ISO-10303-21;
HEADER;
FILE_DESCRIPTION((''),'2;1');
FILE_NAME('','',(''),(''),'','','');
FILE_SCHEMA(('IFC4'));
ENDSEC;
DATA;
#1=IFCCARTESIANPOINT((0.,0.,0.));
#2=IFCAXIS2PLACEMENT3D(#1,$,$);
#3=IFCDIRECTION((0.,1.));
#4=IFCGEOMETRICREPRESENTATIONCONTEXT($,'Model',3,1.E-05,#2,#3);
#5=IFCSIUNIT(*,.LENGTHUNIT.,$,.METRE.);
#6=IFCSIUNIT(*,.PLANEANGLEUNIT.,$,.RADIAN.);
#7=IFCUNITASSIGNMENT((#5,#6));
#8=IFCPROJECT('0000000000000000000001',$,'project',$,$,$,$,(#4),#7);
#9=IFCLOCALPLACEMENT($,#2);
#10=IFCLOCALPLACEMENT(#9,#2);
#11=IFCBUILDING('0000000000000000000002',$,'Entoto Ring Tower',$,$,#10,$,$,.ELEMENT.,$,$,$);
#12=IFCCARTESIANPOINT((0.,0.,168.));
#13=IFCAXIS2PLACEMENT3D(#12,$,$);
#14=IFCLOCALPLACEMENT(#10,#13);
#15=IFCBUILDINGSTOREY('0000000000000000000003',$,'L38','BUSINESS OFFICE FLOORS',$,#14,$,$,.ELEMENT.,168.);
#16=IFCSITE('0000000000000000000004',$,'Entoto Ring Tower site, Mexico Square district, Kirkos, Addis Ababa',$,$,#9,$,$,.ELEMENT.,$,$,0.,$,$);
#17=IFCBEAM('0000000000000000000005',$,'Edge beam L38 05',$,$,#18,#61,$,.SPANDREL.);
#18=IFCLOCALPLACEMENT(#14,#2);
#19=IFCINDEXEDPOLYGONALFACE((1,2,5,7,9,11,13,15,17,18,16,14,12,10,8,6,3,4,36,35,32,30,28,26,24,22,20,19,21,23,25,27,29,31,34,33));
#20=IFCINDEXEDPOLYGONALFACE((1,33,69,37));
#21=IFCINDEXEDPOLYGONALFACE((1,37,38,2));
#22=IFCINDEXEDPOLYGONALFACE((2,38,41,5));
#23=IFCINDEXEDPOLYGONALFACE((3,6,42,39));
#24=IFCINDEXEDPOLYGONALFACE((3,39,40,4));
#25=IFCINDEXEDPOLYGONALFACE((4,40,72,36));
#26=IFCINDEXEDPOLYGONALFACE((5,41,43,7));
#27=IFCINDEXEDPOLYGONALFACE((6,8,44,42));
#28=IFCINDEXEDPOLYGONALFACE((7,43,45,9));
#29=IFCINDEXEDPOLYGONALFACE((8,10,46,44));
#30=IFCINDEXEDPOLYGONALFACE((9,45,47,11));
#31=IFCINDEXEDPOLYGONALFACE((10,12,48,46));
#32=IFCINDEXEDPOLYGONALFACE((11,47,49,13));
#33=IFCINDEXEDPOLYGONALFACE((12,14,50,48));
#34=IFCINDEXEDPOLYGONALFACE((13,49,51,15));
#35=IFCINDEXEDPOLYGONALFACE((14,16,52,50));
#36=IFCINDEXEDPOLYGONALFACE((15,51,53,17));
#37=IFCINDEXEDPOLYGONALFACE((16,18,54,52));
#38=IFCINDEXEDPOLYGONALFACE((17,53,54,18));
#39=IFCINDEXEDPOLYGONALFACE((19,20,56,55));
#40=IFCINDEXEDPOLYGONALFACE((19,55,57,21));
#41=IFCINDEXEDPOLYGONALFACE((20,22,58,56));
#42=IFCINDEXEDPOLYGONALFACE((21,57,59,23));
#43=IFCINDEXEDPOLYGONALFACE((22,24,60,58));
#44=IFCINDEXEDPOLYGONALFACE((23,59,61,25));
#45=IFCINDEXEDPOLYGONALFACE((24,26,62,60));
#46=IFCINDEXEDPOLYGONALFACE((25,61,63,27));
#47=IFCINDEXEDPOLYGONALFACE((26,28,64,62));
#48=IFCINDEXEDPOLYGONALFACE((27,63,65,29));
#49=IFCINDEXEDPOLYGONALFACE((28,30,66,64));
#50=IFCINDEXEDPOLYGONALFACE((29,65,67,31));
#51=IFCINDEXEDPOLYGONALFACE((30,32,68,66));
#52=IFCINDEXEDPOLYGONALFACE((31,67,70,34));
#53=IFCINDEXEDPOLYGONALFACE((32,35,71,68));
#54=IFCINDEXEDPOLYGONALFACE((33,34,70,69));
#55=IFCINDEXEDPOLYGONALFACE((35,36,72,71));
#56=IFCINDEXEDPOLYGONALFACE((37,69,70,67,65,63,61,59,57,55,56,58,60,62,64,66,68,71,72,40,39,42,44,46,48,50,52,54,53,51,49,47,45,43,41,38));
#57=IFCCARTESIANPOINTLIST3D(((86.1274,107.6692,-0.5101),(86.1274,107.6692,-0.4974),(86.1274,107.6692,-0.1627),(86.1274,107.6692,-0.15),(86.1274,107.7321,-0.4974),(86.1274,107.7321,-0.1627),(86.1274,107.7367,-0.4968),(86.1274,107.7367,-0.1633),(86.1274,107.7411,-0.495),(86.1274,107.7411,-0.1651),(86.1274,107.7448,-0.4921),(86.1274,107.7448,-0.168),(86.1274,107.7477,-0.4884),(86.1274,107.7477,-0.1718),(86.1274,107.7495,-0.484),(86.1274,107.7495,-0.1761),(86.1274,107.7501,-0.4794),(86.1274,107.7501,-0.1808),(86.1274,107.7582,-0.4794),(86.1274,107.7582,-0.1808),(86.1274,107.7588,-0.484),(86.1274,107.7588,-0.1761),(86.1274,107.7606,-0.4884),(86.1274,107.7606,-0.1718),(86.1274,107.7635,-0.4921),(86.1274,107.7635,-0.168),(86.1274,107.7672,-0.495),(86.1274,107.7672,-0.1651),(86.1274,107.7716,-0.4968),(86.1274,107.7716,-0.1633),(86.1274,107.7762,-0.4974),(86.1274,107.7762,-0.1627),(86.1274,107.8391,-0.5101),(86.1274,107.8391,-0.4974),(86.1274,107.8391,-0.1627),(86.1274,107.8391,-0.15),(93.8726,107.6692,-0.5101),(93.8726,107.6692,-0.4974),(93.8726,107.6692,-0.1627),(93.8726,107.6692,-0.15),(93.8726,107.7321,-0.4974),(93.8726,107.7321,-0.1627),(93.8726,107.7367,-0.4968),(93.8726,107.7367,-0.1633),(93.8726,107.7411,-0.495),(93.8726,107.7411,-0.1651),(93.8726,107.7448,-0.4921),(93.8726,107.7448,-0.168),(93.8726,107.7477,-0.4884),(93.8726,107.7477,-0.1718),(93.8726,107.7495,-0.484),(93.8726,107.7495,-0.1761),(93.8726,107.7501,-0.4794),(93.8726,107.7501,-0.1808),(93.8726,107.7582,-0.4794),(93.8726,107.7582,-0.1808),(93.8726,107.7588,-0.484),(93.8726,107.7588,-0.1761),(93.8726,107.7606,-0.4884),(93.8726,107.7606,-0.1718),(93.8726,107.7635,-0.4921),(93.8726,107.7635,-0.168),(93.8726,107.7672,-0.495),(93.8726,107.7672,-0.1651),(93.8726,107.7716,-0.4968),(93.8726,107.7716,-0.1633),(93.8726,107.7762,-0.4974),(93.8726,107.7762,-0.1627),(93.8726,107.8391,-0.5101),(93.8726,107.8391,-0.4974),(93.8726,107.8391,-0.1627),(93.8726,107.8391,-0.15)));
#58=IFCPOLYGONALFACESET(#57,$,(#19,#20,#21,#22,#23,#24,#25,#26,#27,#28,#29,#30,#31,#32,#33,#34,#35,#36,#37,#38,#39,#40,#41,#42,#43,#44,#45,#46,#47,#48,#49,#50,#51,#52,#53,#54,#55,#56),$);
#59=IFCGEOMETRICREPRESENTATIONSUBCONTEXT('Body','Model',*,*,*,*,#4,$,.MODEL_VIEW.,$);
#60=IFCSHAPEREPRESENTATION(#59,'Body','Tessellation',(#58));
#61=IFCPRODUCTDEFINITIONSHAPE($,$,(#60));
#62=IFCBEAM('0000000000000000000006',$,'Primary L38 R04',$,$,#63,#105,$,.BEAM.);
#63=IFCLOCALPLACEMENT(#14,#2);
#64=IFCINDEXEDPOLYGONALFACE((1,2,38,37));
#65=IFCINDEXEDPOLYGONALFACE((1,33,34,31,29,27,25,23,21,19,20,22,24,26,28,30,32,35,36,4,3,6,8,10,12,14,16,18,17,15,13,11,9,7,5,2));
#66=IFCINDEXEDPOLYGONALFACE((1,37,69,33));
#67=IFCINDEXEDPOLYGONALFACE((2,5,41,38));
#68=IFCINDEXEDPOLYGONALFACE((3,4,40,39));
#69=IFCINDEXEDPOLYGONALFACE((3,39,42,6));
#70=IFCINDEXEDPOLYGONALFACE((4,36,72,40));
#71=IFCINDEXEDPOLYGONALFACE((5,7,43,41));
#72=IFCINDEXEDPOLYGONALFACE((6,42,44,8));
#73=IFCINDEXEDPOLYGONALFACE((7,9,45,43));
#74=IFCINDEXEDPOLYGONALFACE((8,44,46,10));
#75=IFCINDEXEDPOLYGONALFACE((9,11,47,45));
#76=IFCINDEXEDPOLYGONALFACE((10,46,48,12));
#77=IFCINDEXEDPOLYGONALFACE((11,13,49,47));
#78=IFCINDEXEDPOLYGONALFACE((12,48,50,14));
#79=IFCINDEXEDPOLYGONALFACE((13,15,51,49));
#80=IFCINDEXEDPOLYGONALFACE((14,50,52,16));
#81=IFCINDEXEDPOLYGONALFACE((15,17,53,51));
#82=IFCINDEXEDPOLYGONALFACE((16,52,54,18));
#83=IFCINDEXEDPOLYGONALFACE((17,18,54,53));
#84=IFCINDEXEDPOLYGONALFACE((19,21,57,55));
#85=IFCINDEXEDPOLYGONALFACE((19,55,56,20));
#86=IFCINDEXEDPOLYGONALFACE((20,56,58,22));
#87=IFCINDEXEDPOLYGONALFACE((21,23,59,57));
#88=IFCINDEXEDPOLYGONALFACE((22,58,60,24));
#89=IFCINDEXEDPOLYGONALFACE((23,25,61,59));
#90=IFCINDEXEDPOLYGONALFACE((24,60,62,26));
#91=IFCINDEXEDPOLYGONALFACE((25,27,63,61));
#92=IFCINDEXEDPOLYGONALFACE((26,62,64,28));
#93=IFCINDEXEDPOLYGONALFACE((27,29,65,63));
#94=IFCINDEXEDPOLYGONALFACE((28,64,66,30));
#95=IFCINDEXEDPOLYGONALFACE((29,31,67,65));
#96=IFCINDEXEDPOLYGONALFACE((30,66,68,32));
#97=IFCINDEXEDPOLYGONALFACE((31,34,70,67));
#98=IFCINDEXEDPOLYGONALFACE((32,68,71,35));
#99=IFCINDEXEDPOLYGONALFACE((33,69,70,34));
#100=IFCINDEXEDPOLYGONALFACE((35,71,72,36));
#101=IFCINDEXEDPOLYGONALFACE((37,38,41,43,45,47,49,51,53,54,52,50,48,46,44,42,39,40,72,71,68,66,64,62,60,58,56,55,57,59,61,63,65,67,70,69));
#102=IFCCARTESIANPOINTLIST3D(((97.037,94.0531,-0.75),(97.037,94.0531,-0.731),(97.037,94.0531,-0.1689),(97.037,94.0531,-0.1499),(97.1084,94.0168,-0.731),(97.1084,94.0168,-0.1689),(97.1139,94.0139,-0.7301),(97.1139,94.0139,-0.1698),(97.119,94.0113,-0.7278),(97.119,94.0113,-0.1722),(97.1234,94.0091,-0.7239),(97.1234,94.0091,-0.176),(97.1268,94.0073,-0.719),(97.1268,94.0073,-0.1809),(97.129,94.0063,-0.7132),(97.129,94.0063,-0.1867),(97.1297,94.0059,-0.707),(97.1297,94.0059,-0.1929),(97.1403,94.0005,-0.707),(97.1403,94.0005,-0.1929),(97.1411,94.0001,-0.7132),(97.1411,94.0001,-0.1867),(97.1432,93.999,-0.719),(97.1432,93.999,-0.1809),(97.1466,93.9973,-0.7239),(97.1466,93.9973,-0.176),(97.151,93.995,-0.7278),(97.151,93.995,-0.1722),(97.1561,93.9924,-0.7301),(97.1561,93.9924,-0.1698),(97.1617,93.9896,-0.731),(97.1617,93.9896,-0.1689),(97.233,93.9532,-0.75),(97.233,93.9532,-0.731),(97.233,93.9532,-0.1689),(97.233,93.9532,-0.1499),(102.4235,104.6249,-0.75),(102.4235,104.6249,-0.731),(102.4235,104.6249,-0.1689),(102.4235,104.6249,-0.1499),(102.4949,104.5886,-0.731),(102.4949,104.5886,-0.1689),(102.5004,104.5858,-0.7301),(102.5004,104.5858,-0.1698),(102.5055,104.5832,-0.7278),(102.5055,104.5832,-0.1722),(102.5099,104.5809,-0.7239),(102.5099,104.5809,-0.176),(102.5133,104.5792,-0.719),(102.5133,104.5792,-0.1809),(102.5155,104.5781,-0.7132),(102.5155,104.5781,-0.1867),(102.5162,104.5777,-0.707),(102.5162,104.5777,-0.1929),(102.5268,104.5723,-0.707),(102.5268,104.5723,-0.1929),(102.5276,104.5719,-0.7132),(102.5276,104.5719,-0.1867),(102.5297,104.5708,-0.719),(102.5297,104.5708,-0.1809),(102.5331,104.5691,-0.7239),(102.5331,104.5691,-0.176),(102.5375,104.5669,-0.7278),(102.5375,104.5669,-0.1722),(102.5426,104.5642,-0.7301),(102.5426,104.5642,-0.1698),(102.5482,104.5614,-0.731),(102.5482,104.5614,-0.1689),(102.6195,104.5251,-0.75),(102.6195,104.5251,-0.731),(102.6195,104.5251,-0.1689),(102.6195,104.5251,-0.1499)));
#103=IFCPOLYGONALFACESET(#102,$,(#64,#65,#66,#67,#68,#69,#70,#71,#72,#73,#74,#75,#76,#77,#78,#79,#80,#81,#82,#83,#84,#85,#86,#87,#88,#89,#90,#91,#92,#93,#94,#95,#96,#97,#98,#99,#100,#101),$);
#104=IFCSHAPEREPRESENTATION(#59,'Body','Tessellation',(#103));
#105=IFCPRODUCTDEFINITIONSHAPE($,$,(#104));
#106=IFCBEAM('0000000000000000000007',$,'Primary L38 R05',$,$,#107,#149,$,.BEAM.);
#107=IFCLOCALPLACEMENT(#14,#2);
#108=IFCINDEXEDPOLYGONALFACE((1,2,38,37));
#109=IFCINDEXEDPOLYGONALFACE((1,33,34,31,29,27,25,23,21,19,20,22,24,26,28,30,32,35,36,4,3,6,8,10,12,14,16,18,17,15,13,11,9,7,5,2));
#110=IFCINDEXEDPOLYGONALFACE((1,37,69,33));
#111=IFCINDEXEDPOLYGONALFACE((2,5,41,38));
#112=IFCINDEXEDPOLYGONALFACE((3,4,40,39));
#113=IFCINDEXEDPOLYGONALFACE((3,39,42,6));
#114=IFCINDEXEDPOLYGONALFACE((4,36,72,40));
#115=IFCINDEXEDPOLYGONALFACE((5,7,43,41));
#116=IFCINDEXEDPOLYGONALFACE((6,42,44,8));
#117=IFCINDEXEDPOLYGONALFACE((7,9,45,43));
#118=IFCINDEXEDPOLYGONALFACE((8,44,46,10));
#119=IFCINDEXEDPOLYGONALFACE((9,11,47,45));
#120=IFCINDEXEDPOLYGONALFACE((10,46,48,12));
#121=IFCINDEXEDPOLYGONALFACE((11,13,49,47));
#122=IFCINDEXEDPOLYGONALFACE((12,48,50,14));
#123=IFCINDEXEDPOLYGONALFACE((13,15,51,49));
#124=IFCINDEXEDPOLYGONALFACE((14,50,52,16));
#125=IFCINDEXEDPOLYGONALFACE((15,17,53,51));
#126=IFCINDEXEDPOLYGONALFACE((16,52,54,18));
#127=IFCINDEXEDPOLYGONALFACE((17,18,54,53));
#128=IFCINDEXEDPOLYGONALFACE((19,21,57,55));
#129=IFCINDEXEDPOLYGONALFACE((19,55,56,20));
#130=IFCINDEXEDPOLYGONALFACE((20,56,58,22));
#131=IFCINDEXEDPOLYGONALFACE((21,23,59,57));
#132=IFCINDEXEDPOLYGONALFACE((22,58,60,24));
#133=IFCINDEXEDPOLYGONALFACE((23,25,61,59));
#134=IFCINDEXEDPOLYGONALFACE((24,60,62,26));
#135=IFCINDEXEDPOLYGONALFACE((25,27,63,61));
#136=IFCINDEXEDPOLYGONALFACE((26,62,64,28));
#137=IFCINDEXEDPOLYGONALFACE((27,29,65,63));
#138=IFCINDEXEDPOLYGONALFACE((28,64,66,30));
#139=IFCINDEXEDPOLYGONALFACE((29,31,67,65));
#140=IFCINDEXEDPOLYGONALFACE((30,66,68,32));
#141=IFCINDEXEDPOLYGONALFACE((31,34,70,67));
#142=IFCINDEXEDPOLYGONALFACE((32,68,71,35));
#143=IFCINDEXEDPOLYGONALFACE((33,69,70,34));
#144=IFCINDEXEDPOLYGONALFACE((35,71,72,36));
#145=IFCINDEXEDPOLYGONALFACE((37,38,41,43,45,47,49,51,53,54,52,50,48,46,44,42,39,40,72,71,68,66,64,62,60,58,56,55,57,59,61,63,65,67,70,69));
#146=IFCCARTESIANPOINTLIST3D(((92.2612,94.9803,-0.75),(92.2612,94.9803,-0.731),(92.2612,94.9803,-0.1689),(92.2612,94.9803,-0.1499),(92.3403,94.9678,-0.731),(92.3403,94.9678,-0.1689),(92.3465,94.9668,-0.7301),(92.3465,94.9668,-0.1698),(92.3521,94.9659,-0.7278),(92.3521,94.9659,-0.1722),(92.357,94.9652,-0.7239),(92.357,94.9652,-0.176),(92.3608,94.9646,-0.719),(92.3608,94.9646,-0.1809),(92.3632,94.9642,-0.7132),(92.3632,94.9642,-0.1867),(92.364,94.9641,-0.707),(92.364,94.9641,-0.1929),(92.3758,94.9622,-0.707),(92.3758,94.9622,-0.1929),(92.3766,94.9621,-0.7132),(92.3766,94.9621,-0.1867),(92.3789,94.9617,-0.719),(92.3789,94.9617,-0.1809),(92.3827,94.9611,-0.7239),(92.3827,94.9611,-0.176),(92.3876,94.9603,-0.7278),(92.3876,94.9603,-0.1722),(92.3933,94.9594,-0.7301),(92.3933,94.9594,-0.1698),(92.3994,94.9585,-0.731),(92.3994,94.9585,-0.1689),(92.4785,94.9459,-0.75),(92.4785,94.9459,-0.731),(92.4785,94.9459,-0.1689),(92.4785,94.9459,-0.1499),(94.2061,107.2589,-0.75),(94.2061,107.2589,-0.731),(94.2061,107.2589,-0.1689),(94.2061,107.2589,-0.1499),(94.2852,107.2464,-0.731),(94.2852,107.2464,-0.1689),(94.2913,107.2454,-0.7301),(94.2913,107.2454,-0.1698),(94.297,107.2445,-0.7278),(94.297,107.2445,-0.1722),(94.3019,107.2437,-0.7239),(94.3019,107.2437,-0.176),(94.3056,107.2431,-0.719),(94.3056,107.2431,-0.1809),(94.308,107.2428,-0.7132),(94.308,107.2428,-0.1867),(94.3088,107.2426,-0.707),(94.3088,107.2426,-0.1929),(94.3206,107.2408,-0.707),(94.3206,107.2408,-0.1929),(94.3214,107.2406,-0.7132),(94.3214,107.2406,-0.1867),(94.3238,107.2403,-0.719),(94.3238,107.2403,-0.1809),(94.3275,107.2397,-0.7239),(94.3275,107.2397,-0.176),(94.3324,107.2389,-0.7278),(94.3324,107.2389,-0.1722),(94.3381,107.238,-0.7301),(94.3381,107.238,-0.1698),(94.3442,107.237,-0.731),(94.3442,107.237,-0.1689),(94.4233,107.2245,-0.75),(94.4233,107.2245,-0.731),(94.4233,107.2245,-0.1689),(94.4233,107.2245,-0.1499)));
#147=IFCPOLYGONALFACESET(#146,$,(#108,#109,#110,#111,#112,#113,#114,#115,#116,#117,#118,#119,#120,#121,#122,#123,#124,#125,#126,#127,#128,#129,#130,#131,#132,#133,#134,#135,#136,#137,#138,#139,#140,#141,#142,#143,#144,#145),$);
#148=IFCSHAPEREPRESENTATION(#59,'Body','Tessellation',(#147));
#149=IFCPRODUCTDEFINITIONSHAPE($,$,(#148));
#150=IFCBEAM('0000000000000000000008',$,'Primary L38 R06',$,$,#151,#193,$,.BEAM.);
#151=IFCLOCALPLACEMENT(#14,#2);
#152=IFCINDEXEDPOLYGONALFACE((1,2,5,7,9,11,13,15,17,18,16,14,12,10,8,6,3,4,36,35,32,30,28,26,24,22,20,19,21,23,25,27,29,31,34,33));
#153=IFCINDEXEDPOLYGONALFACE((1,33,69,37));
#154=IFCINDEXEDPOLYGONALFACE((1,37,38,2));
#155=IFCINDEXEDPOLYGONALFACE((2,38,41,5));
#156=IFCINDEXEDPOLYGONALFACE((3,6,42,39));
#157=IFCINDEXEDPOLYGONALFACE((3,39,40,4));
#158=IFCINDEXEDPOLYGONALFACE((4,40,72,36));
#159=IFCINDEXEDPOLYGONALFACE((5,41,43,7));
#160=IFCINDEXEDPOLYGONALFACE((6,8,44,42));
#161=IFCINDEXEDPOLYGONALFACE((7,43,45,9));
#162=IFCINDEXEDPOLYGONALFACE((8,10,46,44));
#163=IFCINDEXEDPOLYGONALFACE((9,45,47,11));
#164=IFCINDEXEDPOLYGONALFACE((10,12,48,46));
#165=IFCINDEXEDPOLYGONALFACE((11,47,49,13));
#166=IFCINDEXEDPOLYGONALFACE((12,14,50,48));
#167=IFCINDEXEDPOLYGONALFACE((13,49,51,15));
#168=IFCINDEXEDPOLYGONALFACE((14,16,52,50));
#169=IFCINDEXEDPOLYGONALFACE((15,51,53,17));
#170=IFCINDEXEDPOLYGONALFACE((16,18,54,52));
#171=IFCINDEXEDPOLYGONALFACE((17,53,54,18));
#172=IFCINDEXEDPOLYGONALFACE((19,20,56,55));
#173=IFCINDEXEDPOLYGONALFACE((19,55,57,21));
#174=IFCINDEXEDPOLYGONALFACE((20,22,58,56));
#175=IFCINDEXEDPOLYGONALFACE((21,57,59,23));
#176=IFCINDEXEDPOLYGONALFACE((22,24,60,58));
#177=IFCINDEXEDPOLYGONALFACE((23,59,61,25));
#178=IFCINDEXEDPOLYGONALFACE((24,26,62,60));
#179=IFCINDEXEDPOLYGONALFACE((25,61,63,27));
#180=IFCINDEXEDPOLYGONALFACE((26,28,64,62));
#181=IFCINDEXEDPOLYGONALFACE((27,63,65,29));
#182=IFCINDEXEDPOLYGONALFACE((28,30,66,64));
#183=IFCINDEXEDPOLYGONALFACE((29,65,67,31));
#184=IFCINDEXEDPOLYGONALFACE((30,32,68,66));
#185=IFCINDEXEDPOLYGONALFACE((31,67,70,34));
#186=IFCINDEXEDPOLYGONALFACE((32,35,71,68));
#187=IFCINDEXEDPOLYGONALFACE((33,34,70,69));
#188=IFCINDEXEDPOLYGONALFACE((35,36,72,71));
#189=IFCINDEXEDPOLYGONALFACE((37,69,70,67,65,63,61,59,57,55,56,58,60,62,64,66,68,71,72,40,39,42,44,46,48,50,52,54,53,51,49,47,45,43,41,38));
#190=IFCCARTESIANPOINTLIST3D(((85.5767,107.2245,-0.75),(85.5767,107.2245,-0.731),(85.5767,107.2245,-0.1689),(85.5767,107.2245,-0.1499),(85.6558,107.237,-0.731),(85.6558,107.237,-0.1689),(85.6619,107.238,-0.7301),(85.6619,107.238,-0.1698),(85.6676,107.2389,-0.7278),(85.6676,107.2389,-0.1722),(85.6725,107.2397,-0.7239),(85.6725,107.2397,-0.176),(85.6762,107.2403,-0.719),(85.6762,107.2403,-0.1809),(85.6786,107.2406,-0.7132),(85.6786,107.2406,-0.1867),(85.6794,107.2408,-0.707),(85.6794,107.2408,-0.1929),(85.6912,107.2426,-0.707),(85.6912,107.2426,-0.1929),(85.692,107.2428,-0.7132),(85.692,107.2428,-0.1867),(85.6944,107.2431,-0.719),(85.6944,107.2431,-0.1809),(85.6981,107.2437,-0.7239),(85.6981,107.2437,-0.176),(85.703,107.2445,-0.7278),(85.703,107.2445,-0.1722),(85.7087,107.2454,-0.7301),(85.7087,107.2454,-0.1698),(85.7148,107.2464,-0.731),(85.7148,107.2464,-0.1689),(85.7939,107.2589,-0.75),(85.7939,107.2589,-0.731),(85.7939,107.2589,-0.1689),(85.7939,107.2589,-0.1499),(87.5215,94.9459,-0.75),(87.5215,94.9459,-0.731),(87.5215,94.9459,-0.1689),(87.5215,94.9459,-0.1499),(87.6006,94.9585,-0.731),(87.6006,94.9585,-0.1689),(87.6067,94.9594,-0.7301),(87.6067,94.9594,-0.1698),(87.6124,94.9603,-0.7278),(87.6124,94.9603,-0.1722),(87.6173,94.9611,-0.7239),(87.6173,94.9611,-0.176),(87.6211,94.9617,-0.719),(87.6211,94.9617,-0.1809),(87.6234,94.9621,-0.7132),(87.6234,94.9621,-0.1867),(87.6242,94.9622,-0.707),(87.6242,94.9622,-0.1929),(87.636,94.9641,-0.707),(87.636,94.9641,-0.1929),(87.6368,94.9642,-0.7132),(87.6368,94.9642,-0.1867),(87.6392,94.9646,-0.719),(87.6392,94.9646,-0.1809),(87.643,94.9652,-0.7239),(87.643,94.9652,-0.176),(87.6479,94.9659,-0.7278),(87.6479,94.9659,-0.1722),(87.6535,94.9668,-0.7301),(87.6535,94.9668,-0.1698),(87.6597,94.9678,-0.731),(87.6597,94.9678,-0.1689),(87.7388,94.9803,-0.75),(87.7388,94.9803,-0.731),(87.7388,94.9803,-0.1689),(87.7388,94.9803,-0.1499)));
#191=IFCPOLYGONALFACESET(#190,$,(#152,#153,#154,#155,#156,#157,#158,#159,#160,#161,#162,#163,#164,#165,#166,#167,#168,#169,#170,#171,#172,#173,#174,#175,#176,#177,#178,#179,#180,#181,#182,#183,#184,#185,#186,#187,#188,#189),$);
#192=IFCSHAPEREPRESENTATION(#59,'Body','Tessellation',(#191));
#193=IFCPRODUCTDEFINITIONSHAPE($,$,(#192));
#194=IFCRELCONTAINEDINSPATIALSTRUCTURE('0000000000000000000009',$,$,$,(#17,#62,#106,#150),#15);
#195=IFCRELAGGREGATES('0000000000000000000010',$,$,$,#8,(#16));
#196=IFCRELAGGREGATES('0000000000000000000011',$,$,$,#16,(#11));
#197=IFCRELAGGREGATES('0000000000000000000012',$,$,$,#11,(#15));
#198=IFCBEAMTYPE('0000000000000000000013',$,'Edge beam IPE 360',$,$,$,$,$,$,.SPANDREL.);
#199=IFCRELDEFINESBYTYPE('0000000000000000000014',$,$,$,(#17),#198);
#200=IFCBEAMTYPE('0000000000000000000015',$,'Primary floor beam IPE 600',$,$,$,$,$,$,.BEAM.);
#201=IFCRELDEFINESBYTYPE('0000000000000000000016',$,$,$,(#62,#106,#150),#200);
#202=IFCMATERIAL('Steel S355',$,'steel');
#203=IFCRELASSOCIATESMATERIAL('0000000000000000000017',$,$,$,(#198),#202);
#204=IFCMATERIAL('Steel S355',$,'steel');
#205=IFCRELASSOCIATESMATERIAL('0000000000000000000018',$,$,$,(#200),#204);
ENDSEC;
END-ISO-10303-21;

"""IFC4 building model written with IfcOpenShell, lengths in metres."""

from ifc_helpers import new_model, si_unit, direction, frame, origin, origin_2d, place, context, subcontext, project, spatial, i_section, extrude, material, material_profile, profile_set, type_object, element, save


model = new_model("IFC4")

# Units and contexts
model_context = context("Model", 3, precision=1e-05, world=origin(), true_north=direction((0.0, 1.0)))
body_context = subcontext(model_context, "Body", "Model", "MODEL_VIEW")
ifc_project = project(units=[si_unit("LENGTHUNIT", "METRE"), si_unit("PLANEANGLEUNIT", "RADIAN")], contexts=[model_context])

# Site, building, storey
site_placement = place(None, origin())
site = spatial("IfcSite", under=ifc_project, at=site_placement, Name="Entoto Ring Tower site, Mexico Square district, Kirkos, Addis Ababa", CompositionType="ELEMENT", RefElevation=0.0)
building_placement = place(site_placement, origin())
building = spatial("IfcBuilding", under=site, at=building_placement, Name="Entoto Ring Tower", CompositionType="ELEMENT")
storey_placement = place(building_placement, frame((0.0, 0.0, 168.0)))
storey = spatial("IfcBuildingStorey", under=building, at=storey_placement, Name="L38", Description="BUSINESS OFFICE FLOORS", CompositionType="ELEMENT", Elevation=168.0)

# Beams
ifc_material_1 = material(Name="Steel S355", Category="steel")
ifc_material_profile_1 = material_profile(ifc_material_1, i_section(OverallWidth=0.1699, OverallDepth=0.3601, WebThickness=0.0081, FlangeThickness=0.0127, FilletRadius=0.0181, at=origin_2d()), Name="IPE 360")
ifc_profile_set_1 = profile_set([ifc_material_profile_1], Name="Steel S355")
beam_type_1 = type_object("IfcBeamType", Name="Edge beam IPE 360", PredefinedType="SPANDREL", material=ifc_profile_set_1)
beam_1_placement = place(storey_placement, frame((93.8726, 107.7542, -0.3301), z_axis=(-1.0, 0.0, 0.0), x_axis=(0.0, -1.0, 0.0)))
element("IfcBeam", 1, at=beam_1_placement, inside=storey, type_object=beam_type_1, Name="Edge beam L38 05", PredefinedType="SPANDREL", context=body_context, shape_type="SweptSolid", body=[
    extrude(i_section(OverallWidth=0.1699, OverallDepth=0.3601, WebThickness=0.0081, FlangeThickness=0.0127, FilletRadius=0.0181, at=origin_2d()), origin(), (0.0, 0.0, 1.0), 7.7451),
])
ifc_material_2 = material(Name="Steel S355", Category="steel")
ifc_material_profile_2 = material_profile(ifc_material_2, i_section(OverallWidth=0.22, OverallDepth=0.6001, WebThickness=0.012, FlangeThickness=0.019, FilletRadius=0.0239, at=origin_2d()), Name="IPE 600")
ifc_profile_set_2 = profile_set([ifc_material_profile_2], Name="Steel S355")
beam_type_2 = type_object("IfcBeamType", Name="Primary floor beam IPE 600", PredefinedType="BEAM", material=ifc_profile_set_2)
beam_2_placement = place(storey_placement, frame((97.135, 94.0032, -0.45), z_axis=(0.453983, 0.89101, 0.0), x_axis=(-0.89101, 0.453983, 0.0)))
element("IfcBeam", 2, at=beam_2_placement, inside=storey, type_object=beam_type_2, Name="Primary L38 R04", PredefinedType="BEAM", context=body_context, shape_type="SweptSolid", body=[
    extrude(i_section(OverallWidth=0.22, OverallDepth=0.6001, WebThickness=0.012, FlangeThickness=0.019, FilletRadius=0.0239, at=origin_2d()), origin(), (0.0, 0.0, 1.0), 11.865),
])
for number, where, z_axis, x_axis, name in (
    (3, (92.3699, 94.9631, -0.45), (0.156442, 0.987687, 0.0), (-0.987687, 0.156442, 0.0), "Primary L38 R05"),
    (4, (87.6301, 94.9631, -0.45), (-0.156442, 0.987687, 0.0), (-0.987687, -0.156442, 0.0), "Primary L38 R06"),
):
    element("IfcBeam", number, at=place(storey_placement, frame(where, z_axis=z_axis, x_axis=x_axis)), inside=storey, type_object=beam_type_2, Name=name, PredefinedType="BEAM", context=body_context, shape_type="SweptSolid", body=[
        extrude(i_section(OverallWidth=0.22, OverallDepth=0.6001, WebThickness=0.012, FlangeThickness=0.019, FilletRadius=0.0239, at=origin_2d()), origin(), (0.0, 0.0, 1.0), 12.4316),
    ])

save(model, "model.ifc")
